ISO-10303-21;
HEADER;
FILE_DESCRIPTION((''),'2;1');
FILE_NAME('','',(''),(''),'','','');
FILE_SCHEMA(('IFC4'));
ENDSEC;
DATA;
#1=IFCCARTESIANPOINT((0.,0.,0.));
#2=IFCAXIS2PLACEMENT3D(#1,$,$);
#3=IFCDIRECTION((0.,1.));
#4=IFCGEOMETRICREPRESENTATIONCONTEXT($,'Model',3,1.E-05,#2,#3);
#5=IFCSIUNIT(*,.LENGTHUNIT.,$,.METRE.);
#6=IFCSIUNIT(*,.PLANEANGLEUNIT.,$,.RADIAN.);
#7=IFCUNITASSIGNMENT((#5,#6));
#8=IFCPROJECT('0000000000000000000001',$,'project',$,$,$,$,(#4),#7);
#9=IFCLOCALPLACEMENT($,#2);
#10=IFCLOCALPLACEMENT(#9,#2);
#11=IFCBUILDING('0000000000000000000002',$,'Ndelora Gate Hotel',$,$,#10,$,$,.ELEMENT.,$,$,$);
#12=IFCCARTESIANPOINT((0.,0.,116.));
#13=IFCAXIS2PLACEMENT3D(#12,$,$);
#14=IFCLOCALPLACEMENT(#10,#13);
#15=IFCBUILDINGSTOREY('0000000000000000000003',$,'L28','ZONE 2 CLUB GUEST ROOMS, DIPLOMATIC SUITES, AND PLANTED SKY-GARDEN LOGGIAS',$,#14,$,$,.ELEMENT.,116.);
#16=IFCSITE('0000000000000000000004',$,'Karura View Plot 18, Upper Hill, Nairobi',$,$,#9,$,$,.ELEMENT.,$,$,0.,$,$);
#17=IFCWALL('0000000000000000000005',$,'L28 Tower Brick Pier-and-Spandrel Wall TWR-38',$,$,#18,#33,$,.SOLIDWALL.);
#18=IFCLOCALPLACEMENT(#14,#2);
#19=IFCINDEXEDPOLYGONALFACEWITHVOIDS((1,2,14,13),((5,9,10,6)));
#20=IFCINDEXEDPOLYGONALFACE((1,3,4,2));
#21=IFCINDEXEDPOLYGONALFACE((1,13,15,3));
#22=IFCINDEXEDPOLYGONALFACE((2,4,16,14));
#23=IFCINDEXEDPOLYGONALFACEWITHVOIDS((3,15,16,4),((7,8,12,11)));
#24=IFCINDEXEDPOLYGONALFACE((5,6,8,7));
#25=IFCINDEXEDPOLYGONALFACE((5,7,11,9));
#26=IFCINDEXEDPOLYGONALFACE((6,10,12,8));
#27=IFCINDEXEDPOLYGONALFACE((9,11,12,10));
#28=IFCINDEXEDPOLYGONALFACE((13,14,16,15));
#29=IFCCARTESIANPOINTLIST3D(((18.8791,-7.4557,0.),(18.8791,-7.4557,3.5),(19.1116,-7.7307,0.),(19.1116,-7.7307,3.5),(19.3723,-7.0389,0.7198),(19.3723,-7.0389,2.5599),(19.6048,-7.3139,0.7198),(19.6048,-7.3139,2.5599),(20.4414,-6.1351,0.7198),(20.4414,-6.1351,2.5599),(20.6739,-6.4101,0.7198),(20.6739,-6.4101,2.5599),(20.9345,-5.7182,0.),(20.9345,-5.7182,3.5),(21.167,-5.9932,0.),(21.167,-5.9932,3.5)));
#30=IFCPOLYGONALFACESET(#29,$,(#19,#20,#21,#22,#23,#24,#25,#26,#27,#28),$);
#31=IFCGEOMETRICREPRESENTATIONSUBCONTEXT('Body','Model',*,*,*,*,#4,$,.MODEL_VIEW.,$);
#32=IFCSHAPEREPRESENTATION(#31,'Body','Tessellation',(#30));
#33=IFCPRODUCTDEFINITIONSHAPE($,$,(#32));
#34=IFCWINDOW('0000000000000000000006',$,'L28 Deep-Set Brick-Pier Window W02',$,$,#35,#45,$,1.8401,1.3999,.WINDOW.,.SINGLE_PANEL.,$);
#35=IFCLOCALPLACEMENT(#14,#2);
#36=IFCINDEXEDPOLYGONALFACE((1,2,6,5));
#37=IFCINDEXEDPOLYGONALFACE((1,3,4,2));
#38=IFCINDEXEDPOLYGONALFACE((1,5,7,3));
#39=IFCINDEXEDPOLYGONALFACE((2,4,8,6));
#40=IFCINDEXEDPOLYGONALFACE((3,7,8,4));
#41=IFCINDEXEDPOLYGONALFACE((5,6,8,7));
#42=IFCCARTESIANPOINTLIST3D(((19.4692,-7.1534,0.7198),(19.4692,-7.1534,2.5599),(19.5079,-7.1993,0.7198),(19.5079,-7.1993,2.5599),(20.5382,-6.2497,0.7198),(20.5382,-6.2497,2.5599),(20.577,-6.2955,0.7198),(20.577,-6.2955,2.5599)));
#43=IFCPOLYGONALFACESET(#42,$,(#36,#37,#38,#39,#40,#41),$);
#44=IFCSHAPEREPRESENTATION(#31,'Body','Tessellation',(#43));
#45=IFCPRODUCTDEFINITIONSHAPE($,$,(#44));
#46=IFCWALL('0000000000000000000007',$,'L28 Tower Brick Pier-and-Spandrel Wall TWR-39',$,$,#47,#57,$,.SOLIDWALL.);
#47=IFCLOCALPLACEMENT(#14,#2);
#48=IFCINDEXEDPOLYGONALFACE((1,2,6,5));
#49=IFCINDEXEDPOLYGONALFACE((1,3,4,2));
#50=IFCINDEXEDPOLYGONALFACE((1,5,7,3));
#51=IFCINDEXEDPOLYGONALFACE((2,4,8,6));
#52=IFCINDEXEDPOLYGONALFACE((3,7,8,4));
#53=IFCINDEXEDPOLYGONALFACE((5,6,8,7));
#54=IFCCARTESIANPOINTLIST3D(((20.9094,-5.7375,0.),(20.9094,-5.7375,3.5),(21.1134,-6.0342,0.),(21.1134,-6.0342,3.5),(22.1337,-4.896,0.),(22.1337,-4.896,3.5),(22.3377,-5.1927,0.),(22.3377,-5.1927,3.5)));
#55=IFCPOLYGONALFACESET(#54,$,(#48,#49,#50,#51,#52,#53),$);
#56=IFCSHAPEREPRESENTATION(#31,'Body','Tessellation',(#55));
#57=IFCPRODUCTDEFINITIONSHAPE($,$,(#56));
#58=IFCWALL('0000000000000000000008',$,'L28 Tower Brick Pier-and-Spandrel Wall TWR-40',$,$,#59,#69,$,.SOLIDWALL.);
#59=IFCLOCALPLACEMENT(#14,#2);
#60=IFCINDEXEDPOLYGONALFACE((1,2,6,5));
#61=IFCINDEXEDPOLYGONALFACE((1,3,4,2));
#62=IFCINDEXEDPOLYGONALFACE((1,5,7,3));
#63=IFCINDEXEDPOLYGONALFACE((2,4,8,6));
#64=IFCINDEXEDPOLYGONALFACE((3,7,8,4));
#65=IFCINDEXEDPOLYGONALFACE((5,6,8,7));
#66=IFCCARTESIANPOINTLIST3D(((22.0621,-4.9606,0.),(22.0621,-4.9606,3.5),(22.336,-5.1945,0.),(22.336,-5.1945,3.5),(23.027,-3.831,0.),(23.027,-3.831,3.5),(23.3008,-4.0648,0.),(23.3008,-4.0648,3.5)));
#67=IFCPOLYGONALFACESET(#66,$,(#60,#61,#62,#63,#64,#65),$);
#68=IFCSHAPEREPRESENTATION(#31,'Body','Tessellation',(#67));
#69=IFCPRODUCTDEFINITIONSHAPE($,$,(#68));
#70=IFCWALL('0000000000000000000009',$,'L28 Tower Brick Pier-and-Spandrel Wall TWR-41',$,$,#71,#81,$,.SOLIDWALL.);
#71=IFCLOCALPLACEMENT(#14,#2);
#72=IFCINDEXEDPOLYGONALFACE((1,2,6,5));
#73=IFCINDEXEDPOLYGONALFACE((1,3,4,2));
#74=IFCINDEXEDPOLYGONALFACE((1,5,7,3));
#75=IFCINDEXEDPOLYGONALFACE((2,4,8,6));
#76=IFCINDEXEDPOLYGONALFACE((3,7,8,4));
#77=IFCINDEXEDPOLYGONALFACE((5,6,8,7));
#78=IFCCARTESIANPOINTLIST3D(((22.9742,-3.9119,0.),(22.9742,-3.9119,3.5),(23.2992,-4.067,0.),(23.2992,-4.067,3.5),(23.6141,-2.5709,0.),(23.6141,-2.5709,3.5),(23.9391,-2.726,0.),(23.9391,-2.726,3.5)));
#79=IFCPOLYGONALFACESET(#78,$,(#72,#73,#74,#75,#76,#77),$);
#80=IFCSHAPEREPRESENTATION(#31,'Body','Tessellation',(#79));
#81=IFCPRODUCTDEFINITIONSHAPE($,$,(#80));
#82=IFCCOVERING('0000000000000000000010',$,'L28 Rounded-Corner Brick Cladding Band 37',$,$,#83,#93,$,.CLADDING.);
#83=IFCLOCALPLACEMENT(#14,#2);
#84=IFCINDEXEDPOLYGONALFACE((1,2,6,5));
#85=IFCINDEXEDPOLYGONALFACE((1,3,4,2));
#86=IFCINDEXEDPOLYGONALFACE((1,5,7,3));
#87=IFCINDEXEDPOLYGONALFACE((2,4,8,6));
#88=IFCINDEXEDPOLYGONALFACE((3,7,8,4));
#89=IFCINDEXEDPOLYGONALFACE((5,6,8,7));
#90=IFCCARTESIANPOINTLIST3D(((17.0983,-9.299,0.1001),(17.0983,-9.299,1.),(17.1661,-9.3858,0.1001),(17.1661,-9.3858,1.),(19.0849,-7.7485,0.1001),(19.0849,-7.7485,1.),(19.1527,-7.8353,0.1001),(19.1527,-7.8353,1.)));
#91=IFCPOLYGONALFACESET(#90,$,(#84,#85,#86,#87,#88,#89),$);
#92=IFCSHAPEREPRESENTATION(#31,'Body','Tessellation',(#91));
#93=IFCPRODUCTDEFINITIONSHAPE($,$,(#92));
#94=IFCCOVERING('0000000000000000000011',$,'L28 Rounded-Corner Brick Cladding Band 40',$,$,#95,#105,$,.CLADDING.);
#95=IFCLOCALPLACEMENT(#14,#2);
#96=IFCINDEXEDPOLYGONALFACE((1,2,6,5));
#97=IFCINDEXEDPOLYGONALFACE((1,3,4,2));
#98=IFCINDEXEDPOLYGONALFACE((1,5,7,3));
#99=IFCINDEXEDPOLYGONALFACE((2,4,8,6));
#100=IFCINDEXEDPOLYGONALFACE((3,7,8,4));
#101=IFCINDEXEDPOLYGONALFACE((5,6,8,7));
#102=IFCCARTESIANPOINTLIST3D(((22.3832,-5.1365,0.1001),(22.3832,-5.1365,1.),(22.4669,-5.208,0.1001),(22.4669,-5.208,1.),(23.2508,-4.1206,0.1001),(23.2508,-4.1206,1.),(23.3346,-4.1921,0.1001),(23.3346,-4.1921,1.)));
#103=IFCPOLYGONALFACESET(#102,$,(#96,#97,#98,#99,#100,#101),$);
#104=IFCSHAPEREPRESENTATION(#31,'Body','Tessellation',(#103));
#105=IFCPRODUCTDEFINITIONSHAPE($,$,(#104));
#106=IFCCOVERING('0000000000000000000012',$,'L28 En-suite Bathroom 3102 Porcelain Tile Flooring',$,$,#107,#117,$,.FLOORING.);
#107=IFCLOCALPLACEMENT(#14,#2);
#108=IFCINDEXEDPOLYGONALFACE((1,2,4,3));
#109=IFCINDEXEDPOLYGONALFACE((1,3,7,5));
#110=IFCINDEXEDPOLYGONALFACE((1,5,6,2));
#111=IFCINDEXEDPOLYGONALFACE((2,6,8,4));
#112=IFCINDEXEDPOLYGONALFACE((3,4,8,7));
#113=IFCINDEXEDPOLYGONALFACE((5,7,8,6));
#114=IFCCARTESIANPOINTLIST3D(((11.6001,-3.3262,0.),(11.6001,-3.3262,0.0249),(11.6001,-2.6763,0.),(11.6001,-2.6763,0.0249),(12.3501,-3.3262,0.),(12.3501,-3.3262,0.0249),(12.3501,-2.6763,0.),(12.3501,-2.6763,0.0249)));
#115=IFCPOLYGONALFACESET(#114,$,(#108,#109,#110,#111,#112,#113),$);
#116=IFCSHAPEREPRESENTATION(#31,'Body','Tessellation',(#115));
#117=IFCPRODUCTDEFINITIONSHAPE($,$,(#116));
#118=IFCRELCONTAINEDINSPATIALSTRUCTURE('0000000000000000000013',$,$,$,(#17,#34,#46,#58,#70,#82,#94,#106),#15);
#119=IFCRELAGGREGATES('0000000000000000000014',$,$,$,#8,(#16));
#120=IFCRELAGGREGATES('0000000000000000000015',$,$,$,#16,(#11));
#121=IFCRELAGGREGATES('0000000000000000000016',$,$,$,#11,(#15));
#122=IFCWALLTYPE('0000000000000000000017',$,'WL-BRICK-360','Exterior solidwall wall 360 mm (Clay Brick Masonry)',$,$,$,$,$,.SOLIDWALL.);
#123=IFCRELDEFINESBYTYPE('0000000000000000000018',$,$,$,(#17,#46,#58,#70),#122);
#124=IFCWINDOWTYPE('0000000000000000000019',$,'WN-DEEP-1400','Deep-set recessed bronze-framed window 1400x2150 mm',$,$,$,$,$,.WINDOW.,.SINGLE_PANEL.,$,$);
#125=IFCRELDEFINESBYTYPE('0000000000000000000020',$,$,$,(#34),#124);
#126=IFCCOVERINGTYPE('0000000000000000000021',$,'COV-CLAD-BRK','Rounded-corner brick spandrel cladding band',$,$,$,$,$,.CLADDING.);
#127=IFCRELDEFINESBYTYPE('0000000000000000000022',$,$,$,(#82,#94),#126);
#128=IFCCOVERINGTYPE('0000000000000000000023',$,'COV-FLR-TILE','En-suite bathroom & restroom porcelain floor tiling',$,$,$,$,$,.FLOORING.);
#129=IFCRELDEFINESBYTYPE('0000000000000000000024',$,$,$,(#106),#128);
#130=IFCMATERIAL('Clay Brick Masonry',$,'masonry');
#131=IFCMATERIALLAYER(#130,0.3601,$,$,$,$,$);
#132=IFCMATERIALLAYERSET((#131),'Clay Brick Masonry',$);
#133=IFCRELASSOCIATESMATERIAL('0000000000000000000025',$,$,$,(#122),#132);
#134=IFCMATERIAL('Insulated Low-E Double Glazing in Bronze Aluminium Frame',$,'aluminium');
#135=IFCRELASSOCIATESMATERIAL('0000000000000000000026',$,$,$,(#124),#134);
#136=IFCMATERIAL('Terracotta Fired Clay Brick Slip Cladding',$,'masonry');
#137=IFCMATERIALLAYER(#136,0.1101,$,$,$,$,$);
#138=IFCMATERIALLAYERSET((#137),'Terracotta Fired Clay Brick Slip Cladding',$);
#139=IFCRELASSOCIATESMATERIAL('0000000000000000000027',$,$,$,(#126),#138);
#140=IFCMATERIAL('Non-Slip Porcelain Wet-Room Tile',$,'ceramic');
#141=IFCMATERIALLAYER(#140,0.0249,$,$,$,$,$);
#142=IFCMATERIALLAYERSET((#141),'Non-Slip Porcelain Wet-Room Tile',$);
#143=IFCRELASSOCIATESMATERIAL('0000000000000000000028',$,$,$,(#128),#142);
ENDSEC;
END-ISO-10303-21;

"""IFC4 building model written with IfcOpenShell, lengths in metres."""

from ifc_helpers import new_model, si_unit, direction, frame, frame_2d, origin, origin_2d, place, context, subcontext, project, spatial, rectangle, extrude, material, layer, layer_set, type_object, element, fill, save


model = new_model("IFC4")

# Units and contexts
model_context = context("Model", 3, precision=1e-05, world=origin(), true_north=direction((0.0, 1.0)))
body_context = subcontext(model_context, "Body", "Model", "MODEL_VIEW")
ifc_project = project(units=[si_unit("LENGTHUNIT", "METRE"), si_unit("PLANEANGLEUNIT", "RADIAN")], contexts=[model_context])

# Site, building, storey
site_placement = place(None, origin())
site = spatial("IfcSite", under=ifc_project, at=site_placement, Name="Karura View Plot 18, Upper Hill, Nairobi", CompositionType="ELEMENT", RefElevation=0.0)
building_placement = place(site_placement, origin())
building = spatial("IfcBuilding", under=site, at=building_placement, Name="Ndelora Gate Hotel", CompositionType="ELEMENT")
storey_placement = place(building_placement, frame((0.0, 0.0, 116.0)))
storey = spatial("IfcBuildingStorey", under=building, at=storey_placement, Name="L28", Description="ZONE 2 CLUB GUEST ROOMS, DIPLOMATIC SUITES, AND PLANTED SKY-GARDEN LOGGIAS", CompositionType="ELEMENT", Elevation=116.0)

# Shared definitions
ifc_material_1 = material(Name="Clay Brick Masonry", Category="masonry")
ifc_layer_1 = layer(ifc_material_1, 0.3601)
ifc_layer_set_1 = layer_set([ifc_layer_1], Name="Clay Brick Masonry")
wall_type = type_object("IfcWallType", Name="WL-BRICK-360", Description="Exterior solidwall wall 360 mm (Clay Brick Masonry)", PredefinedType="SOLIDWALL", material=ifc_layer_set_1)
ifc_material_2 = material(Name="Insulated Low-E Double Glazing in Bronze Aluminium Frame", Category="aluminium")

# Wall, opening, window
wall_1_placement = place(storey_placement, frame((21.0508, -5.8557, 0.0), z_axis=(0.0, 0.0, 1.0), x_axis=(-0.763689, -0.645584, 0.0)))
wall_1 = element("IfcWall", 1, at=wall_1_placement, inside=storey, type_object=wall_type, Name="L28 Tower Brick Pier-and-Spandrel Wall TWR-38", PredefinedType="SOLIDWALL", context=body_context, shape_type="SweptSolid", body=[
    extrude(rectangle(XDim=2.6914, YDim=0.3601, at=frame_2d((1.3457, 0.0))), origin(), (0.0, 0.0, 1.0), 3.5),
])
opening_1_placement = place(wall_1_placement, frame((0.6458, 0.0, 0.72)))
opening_1 = element("IfcOpeningElement", 2, at=opening_1_placement, cuts=wall_1, PredefinedType="OPENING", context=body_context, shape_type="SweptSolid", body=[
    extrude(rectangle(XDim=1.3999, YDim=1.8401, at=frame_2d((0.7, 0.9199))), frame((0.0, 0.1899, 0.0), z_axis=(0.0, -1.0, 0.0), x_axis=(1.0, 0.0, 0.0)), (0.0, 0.0, 1.0), 0.3801),
])
window_type_1 = type_object("IfcWindowType", Name="WN-DEEP-1400", Description="Deep-set recessed bronze-framed window 1400x2150 mm", PartitioningType="SINGLE_PANEL", PredefinedType="WINDOW", material=ifc_material_2)
window_1_placement = place(opening_1_placement, origin())
window_1 = element("IfcWindow", 3, at=window_1_placement, inside=storey, type_object=window_type_1, Name="L28 Deep-Set Brick-Pier Window W02", OverallHeight=1.8401, OverallWidth=1.3999, PartitioningType="SINGLE_PANEL", PredefinedType="WINDOW", context=body_context, shape_type="SweptSolid", body=[
    extrude(rectangle(XDim=1.3999, YDim=1.8401, at=frame_2d((0.7, 0.9199))), frame((0.0, 0.03, 0.0), z_axis=(0.0, -1.0, 0.0), x_axis=(1.0, 0.0, 0.0)), (0.0, 0.0, 1.0), 0.0601),
])
fill(opening_1, window_1)

# Walls
for number, where, z_axis, x_axis, name in (
    (4, (22.2356, -5.0444, 0.0), (0.0, 0.0, 1.0), (-0.824104, -0.566438, 0.0), "L28 Tower Brick Pier-and-Spandrel Wall TWR-39"),
    (5, (23.1638, -3.948, 0.0), (0.0, 0.0, 1.0), (-0.649464, -0.760392, 0.0), "L28 Tower Brick Pier-and-Spandrel Wall TWR-40"),
):
    element("IfcWall", number, at=place(storey_placement, frame(where, z_axis=z_axis, x_axis=x_axis)), inside=storey, type_object=wall_type, Name=name, PredefinedType="SOLIDWALL", context=body_context, shape_type="SweptSolid", body=[
        extrude(rectangle(XDim=1.4856, YDim=0.3601, at=frame_2d((0.7427, 0.0))), origin(), (0.0, 0.0, 1.0), 3.5),
    ])
wall_2_placement = place(storey_placement, frame((23.7766, -2.6484, 0.0), z_axis=(0.0, 0.0, 1.0), x_axis=(-0.430641, -0.902523, 0.0)))
element("IfcWall", 6, at=wall_2_placement, inside=storey, type_object=wall_type, Name="L28 Tower Brick Pier-and-Spandrel Wall TWR-41", PredefinedType="SOLIDWALL", context=body_context, shape_type="SweptSolid", body=[
    extrude(rectangle(XDim=1.4858, YDim=0.3601, at=frame_2d((0.7429, 0.0))), origin(), (0.0, 0.0, 1.0), 3.5),
])

# Coverings
ifc_material_3 = material(Name="Terracotta Fired Clay Brick Slip Cladding", Category="masonry")
ifc_layer_2 = layer(ifc_material_3, 0.1101)
ifc_layer_set_2 = layer_set([ifc_layer_2], Name="Terracotta Fired Clay Brick Slip Cladding")
covering_type_1 = type_object("IfcCoveringType", Name="COV-CLAD-BRK", Description="Rounded-corner brick spandrel cladding band", PredefinedType="CLADDING", material=ifc_layer_set_2)
covering_1_placement = place(storey_placement, frame((18.1255, -8.5671, 0.1001), z_axis=(0.0, 0.0, 1.0), x_axis=(0.788333, 0.615249, 0.0)))
element("IfcCovering", 7, at=covering_1_placement, inside=storey, type_object=covering_type_1, Name="L28 Rounded-Corner Brick Cladding Band 37", PredefinedType="CLADDING", context=body_context, shape_type="SweptSolid", body=[
    extrude(rectangle(XDim=2.52, YDim=0.1101, at=origin_2d()), origin(), (0.0, 0.0, 1.0), 0.8999),
])
covering_2_placement = place(storey_placement, frame((22.8589, -4.6643, 0.1001), z_axis=(0.0, 0.0, 1.0), x_axis=(0.649448, 0.760406, 0.0)))
element("IfcCovering", 8, at=covering_2_placement, inside=storey, type_object=covering_type_1, Name="L28 Rounded-Corner Brick Cladding Band 40", PredefinedType="CLADDING", context=body_context, shape_type="SweptSolid", body=[
    extrude(rectangle(XDim=1.3359, YDim=0.1101, at=origin_2d()), origin(), (0.0, 0.0, 1.0), 0.8999),
])
ifc_material_4 = material(Name="Non-Slip Porcelain Wet-Room Tile", Category="ceramic")
ifc_layer_3 = layer(ifc_material_4, 0.0249)
ifc_layer_set_3 = layer_set([ifc_layer_3], Name="Non-Slip Porcelain Wet-Room Tile")
covering_type_2 = type_object("IfcCoveringType", Name="COV-FLR-TILE", Description="En-suite bathroom & restroom porcelain floor tiling", PredefinedType="FLOORING", material=ifc_layer_set_3)
covering_3_placement = place(storey_placement, frame((11.9751, -3.0012, 0.0), z_axis=(0.0, 0.0, 1.0), x_axis=(1.0, 0.0, 0.0)))
element("IfcCovering", 9, at=covering_3_placement, inside=storey, type_object=covering_type_2, Name="L28 En-suite Bathroom 3102 Porcelain Tile Flooring", PredefinedType="FLOORING", context=body_context, shape_type="SweptSolid", body=[
    extrude(rectangle(XDim=0.75, YDim=0.6499, at=origin_2d()), origin(), (0.0, 0.0, 1.0), 0.0249),
])

save(model, "model.ifc")
